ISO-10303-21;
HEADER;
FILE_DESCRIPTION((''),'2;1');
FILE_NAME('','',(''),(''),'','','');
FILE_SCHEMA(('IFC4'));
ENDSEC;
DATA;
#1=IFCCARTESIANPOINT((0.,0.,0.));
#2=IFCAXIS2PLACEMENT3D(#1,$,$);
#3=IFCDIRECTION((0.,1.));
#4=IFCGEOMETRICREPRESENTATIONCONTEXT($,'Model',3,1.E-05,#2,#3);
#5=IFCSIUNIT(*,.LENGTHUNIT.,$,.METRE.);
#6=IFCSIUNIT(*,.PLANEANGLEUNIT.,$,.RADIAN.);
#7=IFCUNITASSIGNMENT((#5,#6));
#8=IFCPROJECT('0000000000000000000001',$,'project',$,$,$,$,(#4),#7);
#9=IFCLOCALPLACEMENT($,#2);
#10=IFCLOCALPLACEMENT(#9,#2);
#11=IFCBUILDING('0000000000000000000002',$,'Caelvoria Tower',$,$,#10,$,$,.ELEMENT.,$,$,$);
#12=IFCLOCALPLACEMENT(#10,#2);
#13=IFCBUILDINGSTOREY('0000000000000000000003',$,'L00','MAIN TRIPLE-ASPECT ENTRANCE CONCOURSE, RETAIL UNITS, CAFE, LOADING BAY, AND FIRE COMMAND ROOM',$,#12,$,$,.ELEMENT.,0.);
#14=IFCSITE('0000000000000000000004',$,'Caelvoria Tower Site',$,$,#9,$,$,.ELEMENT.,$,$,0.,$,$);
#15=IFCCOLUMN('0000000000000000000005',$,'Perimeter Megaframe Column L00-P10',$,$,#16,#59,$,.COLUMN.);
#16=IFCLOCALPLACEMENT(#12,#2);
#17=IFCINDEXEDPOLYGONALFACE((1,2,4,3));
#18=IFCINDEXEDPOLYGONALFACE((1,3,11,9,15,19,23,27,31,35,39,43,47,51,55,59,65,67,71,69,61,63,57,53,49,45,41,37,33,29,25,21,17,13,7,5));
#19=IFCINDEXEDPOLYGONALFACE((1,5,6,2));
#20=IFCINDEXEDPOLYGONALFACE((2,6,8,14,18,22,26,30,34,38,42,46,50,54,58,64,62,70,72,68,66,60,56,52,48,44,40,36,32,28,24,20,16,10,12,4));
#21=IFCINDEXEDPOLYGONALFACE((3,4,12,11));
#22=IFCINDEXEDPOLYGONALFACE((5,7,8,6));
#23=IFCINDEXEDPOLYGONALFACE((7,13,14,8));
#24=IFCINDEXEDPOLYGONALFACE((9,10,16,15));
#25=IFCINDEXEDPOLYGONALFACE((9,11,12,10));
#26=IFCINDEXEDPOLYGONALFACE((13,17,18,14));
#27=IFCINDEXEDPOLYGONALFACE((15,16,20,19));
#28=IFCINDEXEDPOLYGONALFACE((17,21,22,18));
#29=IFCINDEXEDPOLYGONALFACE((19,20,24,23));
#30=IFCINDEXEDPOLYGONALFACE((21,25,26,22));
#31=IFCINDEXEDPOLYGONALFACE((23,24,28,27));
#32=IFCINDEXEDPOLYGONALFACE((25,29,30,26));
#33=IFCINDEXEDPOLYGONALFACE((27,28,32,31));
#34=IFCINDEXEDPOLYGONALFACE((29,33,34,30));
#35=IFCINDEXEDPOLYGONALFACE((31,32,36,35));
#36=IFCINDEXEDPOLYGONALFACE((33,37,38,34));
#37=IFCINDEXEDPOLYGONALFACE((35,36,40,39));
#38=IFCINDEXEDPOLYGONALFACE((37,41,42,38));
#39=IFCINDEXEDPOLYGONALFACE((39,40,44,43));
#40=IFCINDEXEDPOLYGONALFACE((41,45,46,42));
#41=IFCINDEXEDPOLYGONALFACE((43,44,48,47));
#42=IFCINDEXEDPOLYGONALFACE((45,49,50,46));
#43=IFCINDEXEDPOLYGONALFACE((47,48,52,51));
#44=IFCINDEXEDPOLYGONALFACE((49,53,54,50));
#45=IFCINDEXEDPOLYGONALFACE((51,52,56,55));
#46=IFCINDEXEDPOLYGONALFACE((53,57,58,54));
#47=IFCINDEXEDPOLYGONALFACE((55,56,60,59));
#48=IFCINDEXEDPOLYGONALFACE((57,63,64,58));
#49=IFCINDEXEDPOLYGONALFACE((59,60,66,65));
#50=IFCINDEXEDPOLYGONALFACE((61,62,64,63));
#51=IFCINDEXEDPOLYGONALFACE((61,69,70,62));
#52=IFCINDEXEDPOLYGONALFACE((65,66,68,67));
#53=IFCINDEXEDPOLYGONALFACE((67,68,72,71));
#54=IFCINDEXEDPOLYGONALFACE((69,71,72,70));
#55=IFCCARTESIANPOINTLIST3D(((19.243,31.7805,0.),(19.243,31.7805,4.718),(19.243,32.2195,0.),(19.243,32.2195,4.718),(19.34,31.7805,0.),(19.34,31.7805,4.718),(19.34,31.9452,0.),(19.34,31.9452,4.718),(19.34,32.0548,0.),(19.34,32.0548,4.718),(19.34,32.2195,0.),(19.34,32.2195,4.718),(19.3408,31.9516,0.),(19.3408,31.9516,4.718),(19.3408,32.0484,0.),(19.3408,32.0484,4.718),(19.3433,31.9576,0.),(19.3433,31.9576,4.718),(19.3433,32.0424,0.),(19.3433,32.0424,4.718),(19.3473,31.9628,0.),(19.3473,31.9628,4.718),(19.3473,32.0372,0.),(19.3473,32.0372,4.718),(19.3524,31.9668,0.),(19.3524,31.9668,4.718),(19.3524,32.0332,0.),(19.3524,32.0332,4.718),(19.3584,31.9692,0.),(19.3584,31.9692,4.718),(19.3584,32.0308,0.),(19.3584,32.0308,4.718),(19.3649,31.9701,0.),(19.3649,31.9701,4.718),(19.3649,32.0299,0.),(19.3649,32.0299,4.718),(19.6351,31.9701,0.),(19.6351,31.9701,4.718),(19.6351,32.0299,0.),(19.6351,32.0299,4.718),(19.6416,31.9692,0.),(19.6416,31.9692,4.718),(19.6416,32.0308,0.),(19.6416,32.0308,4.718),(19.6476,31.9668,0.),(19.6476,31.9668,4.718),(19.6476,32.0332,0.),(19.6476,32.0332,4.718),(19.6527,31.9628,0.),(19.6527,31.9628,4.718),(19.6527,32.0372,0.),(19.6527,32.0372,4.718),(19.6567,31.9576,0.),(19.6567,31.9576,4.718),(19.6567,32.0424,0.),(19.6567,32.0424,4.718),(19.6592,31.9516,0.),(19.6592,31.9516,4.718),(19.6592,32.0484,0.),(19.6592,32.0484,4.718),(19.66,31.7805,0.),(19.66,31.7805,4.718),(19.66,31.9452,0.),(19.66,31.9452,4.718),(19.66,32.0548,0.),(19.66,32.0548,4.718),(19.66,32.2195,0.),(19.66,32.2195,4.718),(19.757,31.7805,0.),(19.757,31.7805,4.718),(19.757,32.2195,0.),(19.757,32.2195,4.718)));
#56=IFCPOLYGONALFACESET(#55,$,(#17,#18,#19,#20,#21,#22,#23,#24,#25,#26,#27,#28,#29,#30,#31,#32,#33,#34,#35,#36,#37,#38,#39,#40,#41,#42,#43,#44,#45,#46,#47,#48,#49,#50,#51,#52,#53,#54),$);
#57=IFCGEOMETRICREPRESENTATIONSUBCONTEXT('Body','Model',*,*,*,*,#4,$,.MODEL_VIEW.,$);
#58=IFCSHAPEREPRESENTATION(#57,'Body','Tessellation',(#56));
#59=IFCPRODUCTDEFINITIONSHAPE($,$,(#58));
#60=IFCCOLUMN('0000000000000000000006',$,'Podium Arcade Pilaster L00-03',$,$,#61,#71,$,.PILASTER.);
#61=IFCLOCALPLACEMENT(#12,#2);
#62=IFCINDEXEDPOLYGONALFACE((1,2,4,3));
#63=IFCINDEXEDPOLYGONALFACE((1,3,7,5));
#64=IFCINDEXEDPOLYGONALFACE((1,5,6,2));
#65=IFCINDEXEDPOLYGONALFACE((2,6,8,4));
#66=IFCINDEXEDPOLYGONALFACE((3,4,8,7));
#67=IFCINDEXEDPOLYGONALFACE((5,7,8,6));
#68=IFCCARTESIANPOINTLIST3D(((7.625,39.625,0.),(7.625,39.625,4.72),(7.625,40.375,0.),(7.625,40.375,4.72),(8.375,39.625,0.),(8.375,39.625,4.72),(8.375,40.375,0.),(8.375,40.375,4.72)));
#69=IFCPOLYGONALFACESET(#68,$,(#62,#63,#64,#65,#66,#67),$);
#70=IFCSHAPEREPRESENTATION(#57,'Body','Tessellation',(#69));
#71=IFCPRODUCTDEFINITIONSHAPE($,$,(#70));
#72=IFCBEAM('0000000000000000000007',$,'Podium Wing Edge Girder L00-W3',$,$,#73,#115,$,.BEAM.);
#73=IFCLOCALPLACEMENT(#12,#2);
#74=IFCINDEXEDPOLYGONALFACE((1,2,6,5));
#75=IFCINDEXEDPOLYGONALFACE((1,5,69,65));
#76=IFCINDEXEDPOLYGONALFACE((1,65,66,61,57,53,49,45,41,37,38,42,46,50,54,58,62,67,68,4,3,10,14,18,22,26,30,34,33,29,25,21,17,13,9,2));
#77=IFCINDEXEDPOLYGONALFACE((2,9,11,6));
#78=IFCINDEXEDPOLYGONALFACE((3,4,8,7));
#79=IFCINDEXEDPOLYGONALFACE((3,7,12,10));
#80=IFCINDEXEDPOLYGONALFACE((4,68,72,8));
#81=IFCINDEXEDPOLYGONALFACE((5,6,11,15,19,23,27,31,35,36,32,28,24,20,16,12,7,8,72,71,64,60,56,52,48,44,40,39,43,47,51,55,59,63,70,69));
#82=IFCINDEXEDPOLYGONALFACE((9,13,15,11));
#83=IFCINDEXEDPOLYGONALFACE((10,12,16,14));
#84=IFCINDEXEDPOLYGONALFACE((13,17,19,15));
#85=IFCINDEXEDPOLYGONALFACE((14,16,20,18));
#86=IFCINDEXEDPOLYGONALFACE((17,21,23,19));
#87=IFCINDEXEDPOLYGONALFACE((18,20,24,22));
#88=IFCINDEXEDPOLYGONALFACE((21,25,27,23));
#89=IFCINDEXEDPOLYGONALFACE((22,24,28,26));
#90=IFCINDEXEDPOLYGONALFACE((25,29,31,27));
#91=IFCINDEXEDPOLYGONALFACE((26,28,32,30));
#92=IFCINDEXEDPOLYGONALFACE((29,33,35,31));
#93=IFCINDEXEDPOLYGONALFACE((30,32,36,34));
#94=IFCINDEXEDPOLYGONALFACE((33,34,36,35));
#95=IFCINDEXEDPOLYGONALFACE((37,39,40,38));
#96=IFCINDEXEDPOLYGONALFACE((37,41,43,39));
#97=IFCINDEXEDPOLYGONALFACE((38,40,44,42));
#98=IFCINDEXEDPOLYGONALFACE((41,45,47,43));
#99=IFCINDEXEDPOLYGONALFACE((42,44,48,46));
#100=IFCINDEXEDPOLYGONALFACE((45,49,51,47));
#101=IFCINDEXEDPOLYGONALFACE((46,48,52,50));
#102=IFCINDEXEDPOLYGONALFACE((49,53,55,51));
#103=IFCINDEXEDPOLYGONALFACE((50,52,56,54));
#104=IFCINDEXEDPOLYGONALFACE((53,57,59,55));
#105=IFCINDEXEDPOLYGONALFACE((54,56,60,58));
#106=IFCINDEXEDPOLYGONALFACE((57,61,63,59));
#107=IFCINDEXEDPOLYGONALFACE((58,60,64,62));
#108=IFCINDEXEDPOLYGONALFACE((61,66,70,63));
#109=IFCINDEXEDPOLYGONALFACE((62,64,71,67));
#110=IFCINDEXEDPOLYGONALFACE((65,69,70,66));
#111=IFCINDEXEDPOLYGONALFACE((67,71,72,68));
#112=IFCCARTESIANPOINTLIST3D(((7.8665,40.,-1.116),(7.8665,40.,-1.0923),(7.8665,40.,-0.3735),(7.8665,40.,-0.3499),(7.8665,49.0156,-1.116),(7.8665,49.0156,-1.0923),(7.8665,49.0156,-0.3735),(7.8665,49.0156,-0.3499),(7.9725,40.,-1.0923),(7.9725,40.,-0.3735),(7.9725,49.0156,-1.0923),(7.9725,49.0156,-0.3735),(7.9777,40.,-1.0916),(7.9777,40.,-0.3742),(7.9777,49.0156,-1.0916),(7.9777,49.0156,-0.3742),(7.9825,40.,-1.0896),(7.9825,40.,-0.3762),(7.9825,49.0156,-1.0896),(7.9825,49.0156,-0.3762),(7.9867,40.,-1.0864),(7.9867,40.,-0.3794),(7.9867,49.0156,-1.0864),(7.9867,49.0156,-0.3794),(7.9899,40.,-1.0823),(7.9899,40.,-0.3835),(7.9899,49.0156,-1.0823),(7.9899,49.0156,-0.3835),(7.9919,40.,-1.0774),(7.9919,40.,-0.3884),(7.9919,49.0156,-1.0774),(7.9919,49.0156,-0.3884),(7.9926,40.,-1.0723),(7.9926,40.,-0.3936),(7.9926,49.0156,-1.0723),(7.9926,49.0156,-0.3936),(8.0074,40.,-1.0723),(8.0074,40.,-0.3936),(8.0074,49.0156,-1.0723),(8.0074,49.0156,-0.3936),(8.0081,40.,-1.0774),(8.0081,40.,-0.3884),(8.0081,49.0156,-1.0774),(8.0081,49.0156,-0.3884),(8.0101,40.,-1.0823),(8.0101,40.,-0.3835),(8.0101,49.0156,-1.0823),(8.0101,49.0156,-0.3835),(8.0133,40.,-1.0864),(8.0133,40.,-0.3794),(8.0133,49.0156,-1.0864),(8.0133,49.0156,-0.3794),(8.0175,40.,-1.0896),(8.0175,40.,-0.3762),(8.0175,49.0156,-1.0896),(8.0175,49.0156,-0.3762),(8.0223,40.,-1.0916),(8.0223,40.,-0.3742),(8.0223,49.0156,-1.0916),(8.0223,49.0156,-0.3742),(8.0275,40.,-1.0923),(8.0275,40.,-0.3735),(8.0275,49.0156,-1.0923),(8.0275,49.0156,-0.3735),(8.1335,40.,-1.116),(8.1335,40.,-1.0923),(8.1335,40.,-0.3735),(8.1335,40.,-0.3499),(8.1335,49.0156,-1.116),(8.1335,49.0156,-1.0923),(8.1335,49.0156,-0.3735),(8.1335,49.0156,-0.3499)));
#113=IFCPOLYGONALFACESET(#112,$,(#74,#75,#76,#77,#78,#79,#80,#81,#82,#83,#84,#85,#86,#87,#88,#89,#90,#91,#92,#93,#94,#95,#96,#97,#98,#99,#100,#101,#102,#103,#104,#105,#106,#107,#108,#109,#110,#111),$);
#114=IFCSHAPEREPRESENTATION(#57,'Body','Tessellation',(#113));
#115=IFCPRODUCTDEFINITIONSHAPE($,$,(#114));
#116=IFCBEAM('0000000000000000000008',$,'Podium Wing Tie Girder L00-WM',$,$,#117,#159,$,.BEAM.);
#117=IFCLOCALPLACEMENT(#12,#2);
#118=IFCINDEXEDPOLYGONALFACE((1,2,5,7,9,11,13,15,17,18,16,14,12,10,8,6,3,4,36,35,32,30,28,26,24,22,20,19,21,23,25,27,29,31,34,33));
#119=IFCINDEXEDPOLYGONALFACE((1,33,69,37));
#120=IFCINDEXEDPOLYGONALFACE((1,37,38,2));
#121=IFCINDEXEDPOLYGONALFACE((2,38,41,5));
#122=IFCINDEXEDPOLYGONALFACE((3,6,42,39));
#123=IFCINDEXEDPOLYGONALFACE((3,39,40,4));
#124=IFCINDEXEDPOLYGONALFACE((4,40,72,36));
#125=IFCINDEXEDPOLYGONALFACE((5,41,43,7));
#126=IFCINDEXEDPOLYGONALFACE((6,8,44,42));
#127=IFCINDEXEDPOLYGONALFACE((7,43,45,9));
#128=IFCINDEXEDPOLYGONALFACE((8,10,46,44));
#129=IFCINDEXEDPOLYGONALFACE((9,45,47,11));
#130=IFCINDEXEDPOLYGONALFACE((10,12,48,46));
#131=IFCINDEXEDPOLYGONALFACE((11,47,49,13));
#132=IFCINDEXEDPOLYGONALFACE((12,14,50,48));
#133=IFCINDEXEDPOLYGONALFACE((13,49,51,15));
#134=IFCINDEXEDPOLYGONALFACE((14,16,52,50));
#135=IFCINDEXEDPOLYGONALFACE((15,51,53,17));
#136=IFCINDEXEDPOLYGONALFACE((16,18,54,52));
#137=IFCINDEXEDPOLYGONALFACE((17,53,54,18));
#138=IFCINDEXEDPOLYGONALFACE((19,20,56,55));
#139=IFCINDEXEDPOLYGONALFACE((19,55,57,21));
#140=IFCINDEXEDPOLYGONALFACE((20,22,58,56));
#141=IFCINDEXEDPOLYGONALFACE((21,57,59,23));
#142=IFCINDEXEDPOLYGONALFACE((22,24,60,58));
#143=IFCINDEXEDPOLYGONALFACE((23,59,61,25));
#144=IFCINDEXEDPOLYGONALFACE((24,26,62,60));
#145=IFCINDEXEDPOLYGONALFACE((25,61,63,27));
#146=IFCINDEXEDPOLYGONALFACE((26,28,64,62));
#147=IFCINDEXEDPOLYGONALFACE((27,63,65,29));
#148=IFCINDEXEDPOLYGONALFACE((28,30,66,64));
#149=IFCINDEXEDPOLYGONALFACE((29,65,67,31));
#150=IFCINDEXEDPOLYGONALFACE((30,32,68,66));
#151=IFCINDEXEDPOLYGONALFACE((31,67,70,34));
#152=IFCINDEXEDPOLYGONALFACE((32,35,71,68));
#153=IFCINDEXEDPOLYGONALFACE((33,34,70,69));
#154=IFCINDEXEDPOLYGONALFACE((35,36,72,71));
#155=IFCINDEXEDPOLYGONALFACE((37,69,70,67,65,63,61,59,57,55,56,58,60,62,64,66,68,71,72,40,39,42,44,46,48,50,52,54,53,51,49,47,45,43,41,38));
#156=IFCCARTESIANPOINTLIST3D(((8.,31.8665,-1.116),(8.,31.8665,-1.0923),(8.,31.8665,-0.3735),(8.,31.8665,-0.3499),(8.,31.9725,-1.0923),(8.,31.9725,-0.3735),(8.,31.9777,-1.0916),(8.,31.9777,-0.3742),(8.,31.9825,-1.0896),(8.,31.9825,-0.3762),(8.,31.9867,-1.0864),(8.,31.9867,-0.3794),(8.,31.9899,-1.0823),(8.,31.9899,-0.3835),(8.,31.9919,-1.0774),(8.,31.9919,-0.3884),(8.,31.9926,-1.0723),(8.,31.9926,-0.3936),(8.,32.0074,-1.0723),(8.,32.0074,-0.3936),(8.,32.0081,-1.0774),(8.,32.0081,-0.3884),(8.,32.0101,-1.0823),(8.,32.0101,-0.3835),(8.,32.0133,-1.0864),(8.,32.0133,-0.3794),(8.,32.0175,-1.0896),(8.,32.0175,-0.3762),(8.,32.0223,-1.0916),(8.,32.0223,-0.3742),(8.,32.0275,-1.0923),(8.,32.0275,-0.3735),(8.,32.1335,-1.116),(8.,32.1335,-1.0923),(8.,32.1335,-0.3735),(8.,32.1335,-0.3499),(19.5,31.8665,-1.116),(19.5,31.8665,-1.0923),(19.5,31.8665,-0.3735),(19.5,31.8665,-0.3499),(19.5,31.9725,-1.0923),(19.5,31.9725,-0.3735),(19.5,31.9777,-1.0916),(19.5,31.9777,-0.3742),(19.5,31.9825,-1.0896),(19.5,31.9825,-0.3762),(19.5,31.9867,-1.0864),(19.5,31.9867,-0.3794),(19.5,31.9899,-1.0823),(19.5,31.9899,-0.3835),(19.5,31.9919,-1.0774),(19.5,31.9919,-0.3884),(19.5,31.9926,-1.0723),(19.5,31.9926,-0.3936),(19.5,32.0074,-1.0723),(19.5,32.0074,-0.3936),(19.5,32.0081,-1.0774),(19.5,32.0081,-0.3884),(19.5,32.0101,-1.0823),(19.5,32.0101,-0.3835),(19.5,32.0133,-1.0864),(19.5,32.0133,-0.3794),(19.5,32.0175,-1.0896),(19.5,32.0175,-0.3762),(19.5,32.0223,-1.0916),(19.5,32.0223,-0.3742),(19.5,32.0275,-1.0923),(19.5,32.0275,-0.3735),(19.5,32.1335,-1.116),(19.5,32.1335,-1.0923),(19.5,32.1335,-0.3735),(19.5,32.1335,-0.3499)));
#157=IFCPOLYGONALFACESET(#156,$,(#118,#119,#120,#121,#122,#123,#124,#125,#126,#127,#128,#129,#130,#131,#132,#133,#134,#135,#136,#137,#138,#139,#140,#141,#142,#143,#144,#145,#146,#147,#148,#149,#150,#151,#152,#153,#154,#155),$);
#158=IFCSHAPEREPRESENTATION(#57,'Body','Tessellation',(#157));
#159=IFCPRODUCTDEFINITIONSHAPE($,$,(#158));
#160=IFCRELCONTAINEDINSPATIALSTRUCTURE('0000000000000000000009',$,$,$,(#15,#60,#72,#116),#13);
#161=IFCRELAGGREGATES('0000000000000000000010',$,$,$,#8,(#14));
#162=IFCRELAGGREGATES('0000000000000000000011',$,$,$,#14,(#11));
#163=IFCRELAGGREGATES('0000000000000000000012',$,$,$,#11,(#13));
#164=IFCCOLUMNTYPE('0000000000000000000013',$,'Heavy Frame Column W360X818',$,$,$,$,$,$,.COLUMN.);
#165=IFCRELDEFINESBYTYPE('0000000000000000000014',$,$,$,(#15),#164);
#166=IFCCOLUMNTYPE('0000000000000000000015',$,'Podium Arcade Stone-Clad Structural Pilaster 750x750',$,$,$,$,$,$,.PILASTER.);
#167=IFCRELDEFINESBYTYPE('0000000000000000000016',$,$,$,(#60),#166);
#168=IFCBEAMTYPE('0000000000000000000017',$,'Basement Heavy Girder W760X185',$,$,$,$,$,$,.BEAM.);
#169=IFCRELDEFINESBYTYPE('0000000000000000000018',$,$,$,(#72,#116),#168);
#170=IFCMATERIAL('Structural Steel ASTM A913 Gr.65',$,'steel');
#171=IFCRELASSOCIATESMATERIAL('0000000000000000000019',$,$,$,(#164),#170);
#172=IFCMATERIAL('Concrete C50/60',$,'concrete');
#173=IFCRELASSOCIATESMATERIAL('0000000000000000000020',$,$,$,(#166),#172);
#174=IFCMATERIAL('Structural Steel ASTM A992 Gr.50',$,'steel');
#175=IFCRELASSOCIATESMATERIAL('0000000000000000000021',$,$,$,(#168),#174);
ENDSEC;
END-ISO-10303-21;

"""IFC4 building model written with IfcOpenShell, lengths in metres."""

from ifc_helpers import new_model, si_unit, direction, frame, origin, origin_2d, place, context, subcontext, project, spatial, rectangle, i_section, extrude, material, material_profile, profile_set, type_object, element, save


model = new_model("IFC4")

# Units and contexts
model_context = context("Model", 3, precision=1e-05, world=origin(), true_north=direction((0.0, 1.0)))
body_context = subcontext(model_context, "Body", "Model", "MODEL_VIEW")
ifc_project = project(units=[si_unit("LENGTHUNIT", "METRE"), si_unit("PLANEANGLEUNIT", "RADIAN")], contexts=[model_context])

# Site, building, storey
site_placement = place(None, origin())
site = spatial("IfcSite", under=ifc_project, at=site_placement, Name="Caelvoria Tower Site", CompositionType="ELEMENT", RefElevation=0.0)
building_placement = place(site_placement, origin())
building = spatial("IfcBuilding", under=site, at=building_placement, Name="Caelvoria Tower", CompositionType="ELEMENT")
storey_placement = place(building_placement, origin())
storey = spatial("IfcBuildingStorey", under=building, at=storey_placement, Name="L00", Description="MAIN TRIPLE-ASPECT ENTRANCE CONCOURSE, RETAIL UNITS, CAFE, LOADING BAY, AND FIRE COMMAND ROOM", CompositionType="ELEMENT", Elevation=0.0)

# Columns
ifc_material_1 = material(Name="Structural Steel ASTM A913 Gr.65", Category="steel")
ifc_material_profile_1 = material_profile(ifc_material_1, i_section(OverallWidth=0.439, OverallDepth=0.5139, WebThickness=0.0598, FlangeThickness=0.0969, FilletRadius=0.0249, at=origin_2d()), Name="Structural Steel ASTM A913 Gr.65")
ifc_profile_set_1 = profile_set([ifc_material_profile_1], Name="W360X818 - Structural Steel ASTM A913 Gr.65")
column_type_1 = type_object("IfcColumnType", Name="Heavy Frame Column W360X818", PredefinedType="COLUMN", material=ifc_profile_set_1)
column_1_placement = place(storey_placement, frame((19.5, 32.0, 0.0), z_axis=(0.0, 0.0, 1.0), x_axis=(0.0, 1.0, 0.0)))
element("IfcColumn", 1, at=column_1_placement, inside=storey, type_object=column_type_1, Name="Perimeter Megaframe Column L00-P10", PredefinedType="COLUMN", context=body_context, shape_type="SweptSolid", body=[
    extrude(i_section(OverallWidth=0.439, OverallDepth=0.5139, WebThickness=0.0598, FlangeThickness=0.0969, FilletRadius=0.0249, at=origin_2d()), origin(), (0.0, 0.0, 1.0), 4.718),
])
ifc_material_2 = material(Name="Concrete C50/60", Category="concrete")
ifc_material_profile_2 = material_profile(ifc_material_2, rectangle(XDim=0.75, YDim=0.75, at=origin_2d()), Name="Concrete C50/60")
ifc_profile_set_2 = profile_set([ifc_material_profile_2], Name="RC_COL_750X750 - Concrete C50/60")
column_type_2 = type_object("IfcColumnType", Name="Podium Arcade Stone-Clad Structural Pilaster 750x750", PredefinedType="PILASTER", material=ifc_profile_set_2)
column_2_placement = place(storey_placement, frame((8.0, 40.0, 0.0), z_axis=(0.0, 0.0, 1.0), x_axis=(1.0, 0.0, 0.0)))
element("IfcColumn", 2, at=column_2_placement, inside=storey, type_object=column_type_2, Name="Podium Arcade Pilaster L00-03", PredefinedType="PILASTER", context=body_context, shape_type="SweptSolid", body=[
    extrude(rectangle(XDim=0.75, YDim=0.75, at=origin_2d()), origin(), (0.0, 0.0, 1.0), 4.72),
])

# Beams
ifc_material_3 = material(Name="Structural Steel ASTM A992 Gr.50", Category="steel")
ifc_material_profile_3 = material_profile(ifc_material_3, i_section(OverallWidth=0.2671, OverallDepth=0.7661, WebThickness=0.0149, FlangeThickness=0.0237, FilletRadius=0.02, at=origin_2d()), Name="Structural Steel ASTM A992 Gr.50")
ifc_profile_set_3 = profile_set([ifc_material_profile_3], Name="W760X185 - Structural Steel ASTM A992 Gr.50")
beam_type_1 = type_object("IfcBeamType", Name="Basement Heavy Girder W760X185", PredefinedType="BEAM", material=ifc_profile_set_3)
beam_1_placement = place(storey_placement, frame((8.0, 40.0, -0.7329), z_axis=(0.0, 1.0, 0.0), x_axis=(-1.0, 0.0, 0.0)))
element("IfcBeam", 3, at=beam_1_placement, inside=storey, type_object=beam_type_1, Name="Podium Wing Edge Girder L00-W3", PredefinedType="BEAM", context=body_context, shape_type="SweptSolid", body=[
    extrude(i_section(OverallWidth=0.2671, OverallDepth=0.7661, WebThickness=0.0149, FlangeThickness=0.0237, FilletRadius=0.02, at=origin_2d()), origin(), (0.0, 0.0, 1.0), 9.0156),
])
beam_2_placement = place(storey_placement, frame((8.0, 32.0, -0.7329), z_axis=(1.0, 0.0, 0.0), x_axis=(0.0, 1.0, 0.0)))
element("IfcBeam", 4, at=beam_2_placement, inside=storey, type_object=beam_type_1, Name="Podium Wing Tie Girder L00-WM", PredefinedType="BEAM", context=body_context, shape_type="SweptSolid", body=[
    extrude(i_section(OverallWidth=0.2671, OverallDepth=0.7661, WebThickness=0.0149, FlangeThickness=0.0237, FilletRadius=0.02, at=origin_2d()), origin(), (0.0, 0.0, 1.0), 11.5),
])

save(model, "model.ifc")
